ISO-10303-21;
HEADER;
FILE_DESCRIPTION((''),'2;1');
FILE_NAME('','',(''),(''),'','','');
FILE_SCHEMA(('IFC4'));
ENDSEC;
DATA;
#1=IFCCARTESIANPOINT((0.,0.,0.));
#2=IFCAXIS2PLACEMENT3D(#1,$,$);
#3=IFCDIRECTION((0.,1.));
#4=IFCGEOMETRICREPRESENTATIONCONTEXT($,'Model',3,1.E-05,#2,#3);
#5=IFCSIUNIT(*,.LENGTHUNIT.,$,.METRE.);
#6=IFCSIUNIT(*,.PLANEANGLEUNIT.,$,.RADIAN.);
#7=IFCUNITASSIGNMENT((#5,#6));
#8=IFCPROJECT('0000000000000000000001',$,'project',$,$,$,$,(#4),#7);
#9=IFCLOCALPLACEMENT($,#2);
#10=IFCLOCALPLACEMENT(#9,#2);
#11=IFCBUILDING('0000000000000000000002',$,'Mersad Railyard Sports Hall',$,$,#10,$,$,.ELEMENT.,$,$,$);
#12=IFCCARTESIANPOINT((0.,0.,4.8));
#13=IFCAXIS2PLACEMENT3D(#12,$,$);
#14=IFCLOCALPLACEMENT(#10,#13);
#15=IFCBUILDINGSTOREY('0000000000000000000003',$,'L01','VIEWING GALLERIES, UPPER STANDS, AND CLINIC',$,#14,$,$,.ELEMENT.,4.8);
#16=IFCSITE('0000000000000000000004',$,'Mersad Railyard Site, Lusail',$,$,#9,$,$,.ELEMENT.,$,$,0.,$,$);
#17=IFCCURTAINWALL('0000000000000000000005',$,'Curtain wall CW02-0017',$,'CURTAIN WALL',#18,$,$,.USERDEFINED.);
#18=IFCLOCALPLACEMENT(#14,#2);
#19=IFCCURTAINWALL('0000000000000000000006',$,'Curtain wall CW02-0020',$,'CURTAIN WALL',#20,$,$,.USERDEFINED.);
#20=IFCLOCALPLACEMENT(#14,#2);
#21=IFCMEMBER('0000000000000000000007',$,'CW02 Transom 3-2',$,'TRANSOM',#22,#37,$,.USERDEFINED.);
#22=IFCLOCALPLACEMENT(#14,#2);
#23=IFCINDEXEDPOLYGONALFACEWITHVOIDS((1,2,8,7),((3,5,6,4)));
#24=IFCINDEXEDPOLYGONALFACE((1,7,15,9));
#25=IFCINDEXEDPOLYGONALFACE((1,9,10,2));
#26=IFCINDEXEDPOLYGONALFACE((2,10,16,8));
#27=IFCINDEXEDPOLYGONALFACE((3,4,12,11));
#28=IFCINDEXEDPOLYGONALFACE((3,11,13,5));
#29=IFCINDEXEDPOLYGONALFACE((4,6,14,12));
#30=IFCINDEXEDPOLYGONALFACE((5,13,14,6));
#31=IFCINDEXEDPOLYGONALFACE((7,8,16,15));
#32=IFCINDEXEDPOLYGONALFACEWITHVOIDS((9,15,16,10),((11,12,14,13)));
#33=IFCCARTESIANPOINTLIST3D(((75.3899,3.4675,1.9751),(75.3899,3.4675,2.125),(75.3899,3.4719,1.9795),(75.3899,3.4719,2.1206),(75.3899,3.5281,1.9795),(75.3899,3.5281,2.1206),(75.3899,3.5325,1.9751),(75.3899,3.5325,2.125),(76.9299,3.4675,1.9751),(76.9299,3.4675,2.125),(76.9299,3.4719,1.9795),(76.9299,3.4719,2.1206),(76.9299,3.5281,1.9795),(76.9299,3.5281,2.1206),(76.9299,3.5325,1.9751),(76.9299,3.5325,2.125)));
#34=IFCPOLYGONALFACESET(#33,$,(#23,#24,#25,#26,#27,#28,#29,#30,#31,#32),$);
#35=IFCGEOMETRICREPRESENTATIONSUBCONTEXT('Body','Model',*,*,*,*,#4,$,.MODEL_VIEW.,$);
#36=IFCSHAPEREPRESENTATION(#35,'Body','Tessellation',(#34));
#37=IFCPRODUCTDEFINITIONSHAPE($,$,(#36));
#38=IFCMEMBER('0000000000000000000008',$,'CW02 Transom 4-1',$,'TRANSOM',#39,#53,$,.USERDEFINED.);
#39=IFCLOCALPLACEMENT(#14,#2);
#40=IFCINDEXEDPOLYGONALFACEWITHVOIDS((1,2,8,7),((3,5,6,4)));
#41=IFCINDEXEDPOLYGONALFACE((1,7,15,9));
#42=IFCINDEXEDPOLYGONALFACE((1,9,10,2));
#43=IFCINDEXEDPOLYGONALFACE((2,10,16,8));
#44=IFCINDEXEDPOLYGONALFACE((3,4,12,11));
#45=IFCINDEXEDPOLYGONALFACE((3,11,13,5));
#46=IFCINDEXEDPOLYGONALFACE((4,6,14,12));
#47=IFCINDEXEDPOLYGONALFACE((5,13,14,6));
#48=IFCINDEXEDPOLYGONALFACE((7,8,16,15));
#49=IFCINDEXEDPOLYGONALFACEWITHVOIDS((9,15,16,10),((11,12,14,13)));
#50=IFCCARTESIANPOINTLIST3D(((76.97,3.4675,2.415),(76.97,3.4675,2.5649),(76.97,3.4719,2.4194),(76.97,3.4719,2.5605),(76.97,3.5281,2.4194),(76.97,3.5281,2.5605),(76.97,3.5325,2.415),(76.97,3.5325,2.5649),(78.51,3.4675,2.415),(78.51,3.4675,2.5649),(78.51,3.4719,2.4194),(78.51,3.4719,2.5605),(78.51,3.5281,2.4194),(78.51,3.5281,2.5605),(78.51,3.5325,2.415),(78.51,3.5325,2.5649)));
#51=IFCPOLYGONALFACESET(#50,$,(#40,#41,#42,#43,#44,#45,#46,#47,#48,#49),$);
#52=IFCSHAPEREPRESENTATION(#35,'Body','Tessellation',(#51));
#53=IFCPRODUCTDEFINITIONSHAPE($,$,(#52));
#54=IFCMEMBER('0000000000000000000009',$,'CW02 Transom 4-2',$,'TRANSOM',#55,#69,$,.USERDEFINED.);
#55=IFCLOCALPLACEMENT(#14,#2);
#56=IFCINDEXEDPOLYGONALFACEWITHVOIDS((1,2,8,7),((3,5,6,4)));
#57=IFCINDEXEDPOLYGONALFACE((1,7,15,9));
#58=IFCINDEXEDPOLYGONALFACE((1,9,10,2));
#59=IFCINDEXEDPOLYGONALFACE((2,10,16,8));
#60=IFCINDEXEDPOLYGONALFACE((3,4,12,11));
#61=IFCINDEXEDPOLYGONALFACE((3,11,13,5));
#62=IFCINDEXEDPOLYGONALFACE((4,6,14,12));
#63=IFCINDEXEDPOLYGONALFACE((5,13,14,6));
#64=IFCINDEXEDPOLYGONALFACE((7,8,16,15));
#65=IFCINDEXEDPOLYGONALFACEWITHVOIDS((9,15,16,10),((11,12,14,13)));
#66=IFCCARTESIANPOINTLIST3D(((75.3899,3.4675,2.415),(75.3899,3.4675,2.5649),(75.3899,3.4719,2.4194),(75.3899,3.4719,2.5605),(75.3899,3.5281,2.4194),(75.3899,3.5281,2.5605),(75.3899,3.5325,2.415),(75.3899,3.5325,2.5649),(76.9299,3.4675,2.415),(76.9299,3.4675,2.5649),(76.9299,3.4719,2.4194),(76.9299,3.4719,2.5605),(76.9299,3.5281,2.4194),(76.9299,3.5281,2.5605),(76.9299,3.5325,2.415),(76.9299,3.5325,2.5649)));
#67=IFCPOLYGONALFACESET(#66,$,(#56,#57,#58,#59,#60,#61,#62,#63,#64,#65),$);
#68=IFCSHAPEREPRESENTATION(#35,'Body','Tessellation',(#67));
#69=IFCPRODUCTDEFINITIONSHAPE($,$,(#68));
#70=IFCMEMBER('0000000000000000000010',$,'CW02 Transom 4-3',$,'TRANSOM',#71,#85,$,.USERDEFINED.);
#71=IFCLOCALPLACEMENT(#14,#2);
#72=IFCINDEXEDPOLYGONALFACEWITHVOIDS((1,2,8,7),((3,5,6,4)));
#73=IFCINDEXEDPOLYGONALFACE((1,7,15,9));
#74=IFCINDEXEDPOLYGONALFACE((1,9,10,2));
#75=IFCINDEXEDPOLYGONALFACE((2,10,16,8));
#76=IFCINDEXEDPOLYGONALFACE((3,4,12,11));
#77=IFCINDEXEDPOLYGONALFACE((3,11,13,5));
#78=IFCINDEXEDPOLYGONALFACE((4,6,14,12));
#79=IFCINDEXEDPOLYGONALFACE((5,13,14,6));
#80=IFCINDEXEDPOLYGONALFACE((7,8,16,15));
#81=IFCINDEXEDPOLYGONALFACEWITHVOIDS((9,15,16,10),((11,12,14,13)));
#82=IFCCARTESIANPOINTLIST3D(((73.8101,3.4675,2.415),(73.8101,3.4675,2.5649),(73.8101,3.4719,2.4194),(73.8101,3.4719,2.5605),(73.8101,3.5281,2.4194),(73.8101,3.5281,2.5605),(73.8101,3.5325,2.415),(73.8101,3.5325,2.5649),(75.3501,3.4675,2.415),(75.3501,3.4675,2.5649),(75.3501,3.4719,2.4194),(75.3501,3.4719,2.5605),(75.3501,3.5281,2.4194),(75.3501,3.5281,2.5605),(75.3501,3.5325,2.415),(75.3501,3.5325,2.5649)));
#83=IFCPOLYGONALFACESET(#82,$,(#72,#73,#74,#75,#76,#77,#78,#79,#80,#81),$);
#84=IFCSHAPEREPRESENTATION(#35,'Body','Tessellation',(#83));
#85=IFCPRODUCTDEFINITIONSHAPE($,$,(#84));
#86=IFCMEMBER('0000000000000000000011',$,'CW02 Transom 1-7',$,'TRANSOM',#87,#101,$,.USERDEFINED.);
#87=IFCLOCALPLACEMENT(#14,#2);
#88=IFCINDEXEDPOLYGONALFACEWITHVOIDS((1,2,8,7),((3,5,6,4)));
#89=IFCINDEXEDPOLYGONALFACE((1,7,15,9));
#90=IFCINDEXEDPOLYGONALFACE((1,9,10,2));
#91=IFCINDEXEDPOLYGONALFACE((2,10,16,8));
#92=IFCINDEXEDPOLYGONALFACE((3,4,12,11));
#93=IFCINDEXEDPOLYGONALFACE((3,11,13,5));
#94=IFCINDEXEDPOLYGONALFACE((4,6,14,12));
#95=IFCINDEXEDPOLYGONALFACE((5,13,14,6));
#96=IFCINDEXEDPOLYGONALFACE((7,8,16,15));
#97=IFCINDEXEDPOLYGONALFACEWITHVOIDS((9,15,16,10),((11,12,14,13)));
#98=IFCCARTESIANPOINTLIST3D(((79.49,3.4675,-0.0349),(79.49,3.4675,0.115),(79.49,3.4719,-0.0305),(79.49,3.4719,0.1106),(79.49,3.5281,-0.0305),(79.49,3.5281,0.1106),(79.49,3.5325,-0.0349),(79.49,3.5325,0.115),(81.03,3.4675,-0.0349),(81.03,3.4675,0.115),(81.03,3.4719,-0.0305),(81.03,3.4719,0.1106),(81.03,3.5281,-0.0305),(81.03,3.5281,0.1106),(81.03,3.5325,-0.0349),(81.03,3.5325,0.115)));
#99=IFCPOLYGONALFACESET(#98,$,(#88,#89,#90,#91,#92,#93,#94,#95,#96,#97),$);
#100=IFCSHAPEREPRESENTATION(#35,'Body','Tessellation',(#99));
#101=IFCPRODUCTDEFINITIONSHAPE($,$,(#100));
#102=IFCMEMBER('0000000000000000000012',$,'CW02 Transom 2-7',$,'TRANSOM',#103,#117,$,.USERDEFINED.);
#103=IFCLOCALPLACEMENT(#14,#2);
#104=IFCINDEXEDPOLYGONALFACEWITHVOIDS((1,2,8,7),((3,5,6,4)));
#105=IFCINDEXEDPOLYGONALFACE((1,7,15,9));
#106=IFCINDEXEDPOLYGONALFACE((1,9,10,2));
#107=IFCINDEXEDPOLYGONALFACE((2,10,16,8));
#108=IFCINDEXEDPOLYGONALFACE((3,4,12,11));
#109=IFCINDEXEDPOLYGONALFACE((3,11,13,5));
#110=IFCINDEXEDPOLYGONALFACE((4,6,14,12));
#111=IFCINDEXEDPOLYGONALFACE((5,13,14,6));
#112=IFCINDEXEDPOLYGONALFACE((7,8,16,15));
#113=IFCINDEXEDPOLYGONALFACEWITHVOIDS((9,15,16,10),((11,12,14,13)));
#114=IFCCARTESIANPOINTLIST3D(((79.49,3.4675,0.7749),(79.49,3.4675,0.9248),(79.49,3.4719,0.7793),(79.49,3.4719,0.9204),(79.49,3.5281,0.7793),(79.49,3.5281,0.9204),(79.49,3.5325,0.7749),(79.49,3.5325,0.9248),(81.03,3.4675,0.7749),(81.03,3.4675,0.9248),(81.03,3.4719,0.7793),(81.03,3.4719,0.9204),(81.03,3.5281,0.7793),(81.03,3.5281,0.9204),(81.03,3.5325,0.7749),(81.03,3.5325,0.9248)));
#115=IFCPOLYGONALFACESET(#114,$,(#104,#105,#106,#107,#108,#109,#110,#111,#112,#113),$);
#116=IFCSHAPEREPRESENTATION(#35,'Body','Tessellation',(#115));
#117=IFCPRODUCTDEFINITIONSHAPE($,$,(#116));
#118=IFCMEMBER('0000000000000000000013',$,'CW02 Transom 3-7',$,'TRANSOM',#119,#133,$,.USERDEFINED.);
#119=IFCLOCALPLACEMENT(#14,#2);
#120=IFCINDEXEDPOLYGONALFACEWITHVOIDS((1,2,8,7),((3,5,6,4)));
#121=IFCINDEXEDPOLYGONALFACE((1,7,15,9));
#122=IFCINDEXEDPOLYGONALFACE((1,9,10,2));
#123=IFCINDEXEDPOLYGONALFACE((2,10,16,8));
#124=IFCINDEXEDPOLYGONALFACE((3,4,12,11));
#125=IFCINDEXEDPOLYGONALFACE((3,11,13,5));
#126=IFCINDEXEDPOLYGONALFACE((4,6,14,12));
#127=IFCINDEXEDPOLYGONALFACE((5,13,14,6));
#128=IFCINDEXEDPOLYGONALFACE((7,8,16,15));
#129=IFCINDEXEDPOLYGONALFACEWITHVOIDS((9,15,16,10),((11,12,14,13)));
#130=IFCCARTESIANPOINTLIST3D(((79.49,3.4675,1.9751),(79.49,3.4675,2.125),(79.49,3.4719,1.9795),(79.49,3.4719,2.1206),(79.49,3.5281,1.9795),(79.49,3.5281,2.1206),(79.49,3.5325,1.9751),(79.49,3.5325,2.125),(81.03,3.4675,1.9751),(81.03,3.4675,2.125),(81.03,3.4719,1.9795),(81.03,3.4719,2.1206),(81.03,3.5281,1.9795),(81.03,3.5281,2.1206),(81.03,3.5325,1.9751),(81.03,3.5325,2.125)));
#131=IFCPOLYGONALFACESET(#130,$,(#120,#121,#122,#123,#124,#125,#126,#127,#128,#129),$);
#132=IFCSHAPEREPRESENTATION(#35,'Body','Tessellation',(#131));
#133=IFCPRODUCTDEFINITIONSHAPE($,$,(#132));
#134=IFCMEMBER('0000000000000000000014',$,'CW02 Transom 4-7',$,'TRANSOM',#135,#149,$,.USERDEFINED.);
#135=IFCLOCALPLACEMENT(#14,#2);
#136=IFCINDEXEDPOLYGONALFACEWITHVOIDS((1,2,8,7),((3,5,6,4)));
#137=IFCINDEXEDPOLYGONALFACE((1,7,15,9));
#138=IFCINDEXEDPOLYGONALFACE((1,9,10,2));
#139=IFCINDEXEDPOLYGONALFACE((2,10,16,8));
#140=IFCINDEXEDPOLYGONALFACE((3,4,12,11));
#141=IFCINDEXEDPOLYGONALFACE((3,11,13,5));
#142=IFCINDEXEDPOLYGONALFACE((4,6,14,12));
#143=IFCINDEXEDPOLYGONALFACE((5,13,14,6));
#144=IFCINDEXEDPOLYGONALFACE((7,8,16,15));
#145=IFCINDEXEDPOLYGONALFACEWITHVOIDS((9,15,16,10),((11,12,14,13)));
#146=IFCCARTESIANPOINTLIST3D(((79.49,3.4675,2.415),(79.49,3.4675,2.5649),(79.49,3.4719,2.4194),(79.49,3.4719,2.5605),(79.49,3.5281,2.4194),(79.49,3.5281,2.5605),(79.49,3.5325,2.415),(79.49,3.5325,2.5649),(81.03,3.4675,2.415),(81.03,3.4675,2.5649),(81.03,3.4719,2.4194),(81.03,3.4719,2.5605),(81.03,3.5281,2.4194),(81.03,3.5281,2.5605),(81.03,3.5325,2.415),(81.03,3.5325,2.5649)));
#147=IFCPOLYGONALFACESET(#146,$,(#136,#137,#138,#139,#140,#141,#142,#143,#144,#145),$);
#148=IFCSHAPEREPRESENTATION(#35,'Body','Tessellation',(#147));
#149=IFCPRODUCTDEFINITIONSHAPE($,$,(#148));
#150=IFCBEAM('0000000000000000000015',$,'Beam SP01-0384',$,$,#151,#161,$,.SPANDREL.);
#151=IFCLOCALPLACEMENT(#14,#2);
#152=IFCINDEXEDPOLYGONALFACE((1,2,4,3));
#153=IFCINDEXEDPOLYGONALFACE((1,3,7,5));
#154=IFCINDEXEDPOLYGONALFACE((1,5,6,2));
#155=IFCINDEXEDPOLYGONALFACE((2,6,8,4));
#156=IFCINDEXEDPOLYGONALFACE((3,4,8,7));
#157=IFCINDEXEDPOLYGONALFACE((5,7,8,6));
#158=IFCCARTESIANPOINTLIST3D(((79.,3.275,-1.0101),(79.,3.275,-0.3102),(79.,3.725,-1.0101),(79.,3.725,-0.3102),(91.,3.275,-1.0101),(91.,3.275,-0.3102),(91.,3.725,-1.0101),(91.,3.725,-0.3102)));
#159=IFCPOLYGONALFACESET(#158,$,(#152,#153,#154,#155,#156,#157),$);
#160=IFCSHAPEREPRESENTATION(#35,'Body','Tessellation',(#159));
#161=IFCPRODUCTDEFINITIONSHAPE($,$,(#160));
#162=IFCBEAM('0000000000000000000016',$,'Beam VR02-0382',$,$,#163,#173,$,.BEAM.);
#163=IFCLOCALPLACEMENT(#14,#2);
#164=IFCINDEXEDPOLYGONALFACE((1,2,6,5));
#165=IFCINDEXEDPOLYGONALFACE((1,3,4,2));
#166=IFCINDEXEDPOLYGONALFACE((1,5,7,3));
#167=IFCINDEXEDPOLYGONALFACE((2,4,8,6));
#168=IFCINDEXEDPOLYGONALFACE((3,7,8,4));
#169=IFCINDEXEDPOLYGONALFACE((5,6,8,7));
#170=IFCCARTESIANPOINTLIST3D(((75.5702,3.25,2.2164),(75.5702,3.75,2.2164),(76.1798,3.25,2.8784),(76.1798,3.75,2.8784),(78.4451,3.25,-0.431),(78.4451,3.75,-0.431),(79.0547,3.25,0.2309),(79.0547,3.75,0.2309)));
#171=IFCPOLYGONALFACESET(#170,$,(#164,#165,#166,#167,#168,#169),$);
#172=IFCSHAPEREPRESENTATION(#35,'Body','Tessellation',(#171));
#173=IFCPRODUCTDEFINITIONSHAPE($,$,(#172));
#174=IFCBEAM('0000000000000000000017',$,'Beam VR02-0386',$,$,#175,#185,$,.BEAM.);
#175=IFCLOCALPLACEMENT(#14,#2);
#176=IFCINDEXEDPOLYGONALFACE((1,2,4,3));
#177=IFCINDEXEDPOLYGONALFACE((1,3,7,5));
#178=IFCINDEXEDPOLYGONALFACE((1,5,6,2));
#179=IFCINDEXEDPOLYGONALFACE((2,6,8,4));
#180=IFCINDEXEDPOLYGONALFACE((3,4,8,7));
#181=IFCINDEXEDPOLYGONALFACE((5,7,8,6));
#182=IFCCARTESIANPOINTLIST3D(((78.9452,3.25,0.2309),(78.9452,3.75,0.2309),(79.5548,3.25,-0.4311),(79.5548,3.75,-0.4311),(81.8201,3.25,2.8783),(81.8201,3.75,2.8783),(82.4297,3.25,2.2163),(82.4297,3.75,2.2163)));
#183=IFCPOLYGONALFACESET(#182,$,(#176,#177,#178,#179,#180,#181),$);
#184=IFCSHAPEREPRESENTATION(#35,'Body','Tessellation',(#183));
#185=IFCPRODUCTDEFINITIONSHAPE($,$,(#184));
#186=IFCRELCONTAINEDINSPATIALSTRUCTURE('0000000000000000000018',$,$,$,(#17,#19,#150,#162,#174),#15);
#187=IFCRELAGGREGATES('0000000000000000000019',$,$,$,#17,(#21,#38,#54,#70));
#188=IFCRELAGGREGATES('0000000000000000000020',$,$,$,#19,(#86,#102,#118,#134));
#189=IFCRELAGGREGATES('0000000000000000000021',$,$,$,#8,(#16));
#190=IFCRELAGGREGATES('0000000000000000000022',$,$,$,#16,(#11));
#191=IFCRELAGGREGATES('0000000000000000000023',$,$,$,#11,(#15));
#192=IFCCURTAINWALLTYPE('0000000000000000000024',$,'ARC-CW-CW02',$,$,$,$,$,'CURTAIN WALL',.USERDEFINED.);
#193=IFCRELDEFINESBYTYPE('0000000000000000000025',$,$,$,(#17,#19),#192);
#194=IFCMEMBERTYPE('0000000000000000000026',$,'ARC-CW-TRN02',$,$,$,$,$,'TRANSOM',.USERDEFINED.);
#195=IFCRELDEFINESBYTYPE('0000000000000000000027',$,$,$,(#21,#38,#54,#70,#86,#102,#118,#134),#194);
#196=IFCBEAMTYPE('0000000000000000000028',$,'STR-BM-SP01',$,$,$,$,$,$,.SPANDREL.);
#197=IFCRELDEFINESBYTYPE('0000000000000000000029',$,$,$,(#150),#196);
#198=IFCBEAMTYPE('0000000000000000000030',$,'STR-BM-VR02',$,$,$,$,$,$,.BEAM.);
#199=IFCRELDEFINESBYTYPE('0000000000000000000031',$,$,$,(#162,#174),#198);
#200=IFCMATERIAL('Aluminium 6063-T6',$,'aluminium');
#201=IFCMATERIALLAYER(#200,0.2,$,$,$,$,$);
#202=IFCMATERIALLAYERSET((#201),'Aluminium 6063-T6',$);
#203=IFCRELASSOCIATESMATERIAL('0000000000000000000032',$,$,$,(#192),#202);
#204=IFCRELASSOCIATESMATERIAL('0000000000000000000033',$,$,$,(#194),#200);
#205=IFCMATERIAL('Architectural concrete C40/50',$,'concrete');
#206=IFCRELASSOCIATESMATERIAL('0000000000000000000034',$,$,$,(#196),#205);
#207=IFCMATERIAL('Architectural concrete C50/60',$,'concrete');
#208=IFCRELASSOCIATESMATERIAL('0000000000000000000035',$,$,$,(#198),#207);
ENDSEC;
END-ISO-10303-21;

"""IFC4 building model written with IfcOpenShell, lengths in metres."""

from ifc_helpers import new_model, si_unit, direction, frame, origin, origin_2d, place, context, subcontext, project, spatial, rectangle, hollow_rectangle, extrude, material, layer, layer_set, material_profile, profile_set, type_object, element, aggregate, save


model = new_model("IFC4")

# Units and contexts
model_context = context("Model", 3, precision=1e-05, world=origin(), true_north=direction((0.0, 1.0)))
body_context = subcontext(model_context, "Body", "Model", "MODEL_VIEW")
ifc_project = project(units=[si_unit("LENGTHUNIT", "METRE"), si_unit("PLANEANGLEUNIT", "RADIAN")], contexts=[model_context])

# Site, building, storey
site_placement = place(None, origin())
site = spatial("IfcSite", under=ifc_project, at=site_placement, Name="Mersad Railyard Site, Lusail", CompositionType="ELEMENT", RefElevation=0.0)
building_placement = place(site_placement, origin())
building = spatial("IfcBuilding", under=site, at=building_placement, Name="Mersad Railyard Sports Hall", CompositionType="ELEMENT")
storey_placement = place(building_placement, frame((0.0, 0.0, 4.8)))
storey = spatial("IfcBuildingStorey", under=building, at=storey_placement, Name="L01", Description="VIEWING GALLERIES, UPPER STANDS, AND CLINIC", CompositionType="ELEMENT", Elevation=4.8)

# Shared definitions
ifc_material_1 = material(Name="Architectural concrete C50/60", Category="concrete")

# Curtain walls
ifc_material_2 = material(Name="Aluminium 6063-T6", Category="aluminium")
ifc_layer_1 = layer(ifc_material_2, 0.2)
ifc_layer_set_1 = layer_set([ifc_layer_1], Name="Aluminium 6063-T6")
curtain_wall_type = type_object("IfcCurtainWallType", Name="ARC-CW-CW02", ElementType="CURTAIN WALL", PredefinedType="USERDEFINED", material=ifc_layer_set_1)
curtain_wall_1_placement = place(storey_placement, origin())
curtain_wall_1 = element("IfcCurtainWall", 1, at=curtain_wall_1_placement, inside=storey, type_object=curtain_wall_type, Name="Curtain wall CW02-0017", ObjectType="CURTAIN WALL", PredefinedType="USERDEFINED")
curtain_wall_2_placement = place(storey_placement, origin())
curtain_wall_2 = element("IfcCurtainWall", 2, at=curtain_wall_2_placement, inside=storey, type_object=curtain_wall_type, Name="Curtain wall CW02-0020", ObjectType="CURTAIN WALL", PredefinedType="USERDEFINED")

# Members
ifc_material_profile_1 = material_profile(ifc_material_2, hollow_rectangle(XDim=0.0649, YDim=0.1499, WallThickness=0.0044, at=origin_2d()), Name="AL TRANSOM 65x150x4.5")
ifc_profile_set_1 = profile_set([ifc_material_profile_1], Name="Aluminium 6063-T6")
member_type_1 = type_object("IfcMemberType", Name="ARC-CW-TRN02", ElementType="TRANSOM", PredefinedType="USERDEFINED", material=ifc_profile_set_1)
member_1_placement = place(storey_placement, frame((76.9299, 3.5, 2.05), z_axis=(-1.0, 0.0, 0.0), x_axis=(0.0, -1.0, 0.0)))
member_1 = element("IfcMember", 3, at=member_1_placement, type_object=member_type_1, Name="CW02 Transom 3-2", ObjectType="TRANSOM", PredefinedType="USERDEFINED", context=body_context, shape_type="SweptSolid", body=[
    extrude(hollow_rectangle(XDim=0.0649, YDim=0.1499, WallThickness=0.0044, at=origin_2d()), origin(), (0.0, 0.0, 1.0), 1.54),
])
member_2_placement = place(storey_placement, frame((78.51, 3.5, 2.49), z_axis=(-1.0, 0.0, 0.0), x_axis=(0.0, -1.0, 0.0)))
member_2 = element("IfcMember", 4, at=member_2_placement, type_object=member_type_1, Name="CW02 Transom 4-1", ObjectType="TRANSOM", PredefinedType="USERDEFINED", context=body_context, shape_type="SweptSolid", body=[
    extrude(hollow_rectangle(XDim=0.0649, YDim=0.1499, WallThickness=0.0044, at=origin_2d()), origin(), (0.0, 0.0, 1.0), 1.54),
])
member_3_placement = place(storey_placement, frame((76.9299, 3.5, 2.49), z_axis=(-1.0, 0.0, 0.0), x_axis=(0.0, -1.0, 0.0)))
member_3 = element("IfcMember", 5, at=member_3_placement, type_object=member_type_1, Name="CW02 Transom 4-2", ObjectType="TRANSOM", PredefinedType="USERDEFINED", context=body_context, shape_type="SweptSolid", body=[
    extrude(hollow_rectangle(XDim=0.0649, YDim=0.1499, WallThickness=0.0044, at=origin_2d()), origin(), (0.0, 0.0, 1.0), 1.54),
])
member_4_placement = place(storey_placement, frame((75.3501, 3.5, 2.49), z_axis=(-1.0, 0.0, 0.0), x_axis=(0.0, -1.0, 0.0)))
member_4 = element("IfcMember", 6, at=member_4_placement, type_object=member_type_1, Name="CW02 Transom 4-3", ObjectType="TRANSOM", PredefinedType="USERDEFINED", context=body_context, shape_type="SweptSolid", body=[
    extrude(hollow_rectangle(XDim=0.0649, YDim=0.1499, WallThickness=0.0044, at=origin_2d()), origin(), (0.0, 0.0, 1.0), 1.54),
])
member_5_placement = place(storey_placement, frame((81.03, 3.5, 0.04), z_axis=(-1.0, 0.0, 0.0), x_axis=(0.0, -1.0, 0.0)))
member_5 = element("IfcMember", 7, at=member_5_placement, type_object=member_type_1, Name="CW02 Transom 1-7", ObjectType="TRANSOM", PredefinedType="USERDEFINED", context=body_context, shape_type="SweptSolid", body=[
    extrude(hollow_rectangle(XDim=0.0649, YDim=0.1499, WallThickness=0.0044, at=origin_2d()), origin(), (0.0, 0.0, 1.0), 1.54),
])
member_6_placement = place(storey_placement, frame((81.03, 3.5, 0.8499), z_axis=(-1.0, 0.0, 0.0), x_axis=(0.0, -1.0, 0.0)))
member_6 = element("IfcMember", 8, at=member_6_placement, type_object=member_type_1, Name="CW02 Transom 2-7", ObjectType="TRANSOM", PredefinedType="USERDEFINED", context=body_context, shape_type="SweptSolid", body=[
    extrude(hollow_rectangle(XDim=0.0649, YDim=0.1499, WallThickness=0.0044, at=origin_2d()), origin(), (0.0, 0.0, 1.0), 1.54),
])
member_7_placement = place(storey_placement, frame((81.03, 3.5, 2.05), z_axis=(-1.0, 0.0, 0.0), x_axis=(0.0, -1.0, 0.0)))
member_7 = element("IfcMember", 9, at=member_7_placement, type_object=member_type_1, Name="CW02 Transom 3-7", ObjectType="TRANSOM", PredefinedType="USERDEFINED", context=body_context, shape_type="SweptSolid", body=[
    extrude(hollow_rectangle(XDim=0.0649, YDim=0.1499, WallThickness=0.0044, at=origin_2d()), origin(), (0.0, 0.0, 1.0), 1.54),
])
member_8_placement = place(storey_placement, frame((81.03, 3.5, 2.49), z_axis=(-1.0, 0.0, 0.0), x_axis=(0.0, -1.0, 0.0)))
member_8 = element("IfcMember", 10, at=member_8_placement, type_object=member_type_1, Name="CW02 Transom 4-7", ObjectType="TRANSOM", PredefinedType="USERDEFINED", context=body_context, shape_type="SweptSolid", body=[
    extrude(hollow_rectangle(XDim=0.0649, YDim=0.1499, WallThickness=0.0044, at=origin_2d()), origin(), (0.0, 0.0, 1.0), 1.54),
])

# Beams
ifc_material_3 = material(Name="Architectural concrete C40/50", Category="concrete")
ifc_material_profile_2 = material_profile(ifc_material_3, rectangle(XDim=0.45, YDim=0.7, at=origin_2d()), Name="RC 450x700")
ifc_profile_set_2 = profile_set([ifc_material_profile_2], Name="Architectural concrete C40/50")
beam_type_1 = type_object("IfcBeamType", Name="STR-BM-SP01", PredefinedType="SPANDREL", material=ifc_profile_set_2)
beam_placement = place(storey_placement, frame((79.0, 3.5, -0.6602), z_axis=(1.0, 0.0, 0.0), x_axis=(0.0, 1.0, 0.0)))
element("IfcBeam", 11, at=beam_placement, inside=storey, type_object=beam_type_1, Name="Beam SP01-0384", PredefinedType="SPANDREL", context=body_context, shape_type="SweptSolid", body=[
    extrude(rectangle(XDim=0.45, YDim=0.7, at=origin_2d()), origin(), (0.0, 0.0, 1.0), 12.0),
])
ifc_material_profile_3 = material_profile(ifc_material_1, rectangle(XDim=0.5, YDim=0.8999, at=origin_2d()), Name="VR 500x900")
ifc_profile_set_3 = profile_set([ifc_material_profile_3], Name="Architectural concrete C50/60")
beam_type_2 = type_object("IfcBeamType", Name="STR-BM-VR02", PredefinedType="BEAM", material=ifc_profile_set_3)
for number, where, z_axis, x_axis, name in (
    (12, (75.875, 3.5, 2.5474), (0.735617, 0.0, -0.677397), (0.0, 1.0, 0.0), "Beam VR02-0382"),
    (13, (79.25, 3.5, -0.1001), (0.735617, 0.0, 0.677397), (0.0, 1.0, 0.0), "Beam VR02-0386"),
):
    element("IfcBeam", number, at=place(storey_placement, frame(where, z_axis=z_axis, x_axis=x_axis)), inside=storey, type_object=beam_type_2, Name=name, PredefinedType="BEAM", context=body_context, shape_type="SweptSolid", body=[
        extrude(rectangle(XDim=0.5, YDim=0.8999, at=origin_2d()), origin(), (0.0, 0.0, 1.0), 3.9082),
    ])

aggregate(curtain_wall_1, [member_1, member_2, member_3, member_4])
aggregate(curtain_wall_2, [member_5, member_6, member_7, member_8])

save(model, "model.ifc")
